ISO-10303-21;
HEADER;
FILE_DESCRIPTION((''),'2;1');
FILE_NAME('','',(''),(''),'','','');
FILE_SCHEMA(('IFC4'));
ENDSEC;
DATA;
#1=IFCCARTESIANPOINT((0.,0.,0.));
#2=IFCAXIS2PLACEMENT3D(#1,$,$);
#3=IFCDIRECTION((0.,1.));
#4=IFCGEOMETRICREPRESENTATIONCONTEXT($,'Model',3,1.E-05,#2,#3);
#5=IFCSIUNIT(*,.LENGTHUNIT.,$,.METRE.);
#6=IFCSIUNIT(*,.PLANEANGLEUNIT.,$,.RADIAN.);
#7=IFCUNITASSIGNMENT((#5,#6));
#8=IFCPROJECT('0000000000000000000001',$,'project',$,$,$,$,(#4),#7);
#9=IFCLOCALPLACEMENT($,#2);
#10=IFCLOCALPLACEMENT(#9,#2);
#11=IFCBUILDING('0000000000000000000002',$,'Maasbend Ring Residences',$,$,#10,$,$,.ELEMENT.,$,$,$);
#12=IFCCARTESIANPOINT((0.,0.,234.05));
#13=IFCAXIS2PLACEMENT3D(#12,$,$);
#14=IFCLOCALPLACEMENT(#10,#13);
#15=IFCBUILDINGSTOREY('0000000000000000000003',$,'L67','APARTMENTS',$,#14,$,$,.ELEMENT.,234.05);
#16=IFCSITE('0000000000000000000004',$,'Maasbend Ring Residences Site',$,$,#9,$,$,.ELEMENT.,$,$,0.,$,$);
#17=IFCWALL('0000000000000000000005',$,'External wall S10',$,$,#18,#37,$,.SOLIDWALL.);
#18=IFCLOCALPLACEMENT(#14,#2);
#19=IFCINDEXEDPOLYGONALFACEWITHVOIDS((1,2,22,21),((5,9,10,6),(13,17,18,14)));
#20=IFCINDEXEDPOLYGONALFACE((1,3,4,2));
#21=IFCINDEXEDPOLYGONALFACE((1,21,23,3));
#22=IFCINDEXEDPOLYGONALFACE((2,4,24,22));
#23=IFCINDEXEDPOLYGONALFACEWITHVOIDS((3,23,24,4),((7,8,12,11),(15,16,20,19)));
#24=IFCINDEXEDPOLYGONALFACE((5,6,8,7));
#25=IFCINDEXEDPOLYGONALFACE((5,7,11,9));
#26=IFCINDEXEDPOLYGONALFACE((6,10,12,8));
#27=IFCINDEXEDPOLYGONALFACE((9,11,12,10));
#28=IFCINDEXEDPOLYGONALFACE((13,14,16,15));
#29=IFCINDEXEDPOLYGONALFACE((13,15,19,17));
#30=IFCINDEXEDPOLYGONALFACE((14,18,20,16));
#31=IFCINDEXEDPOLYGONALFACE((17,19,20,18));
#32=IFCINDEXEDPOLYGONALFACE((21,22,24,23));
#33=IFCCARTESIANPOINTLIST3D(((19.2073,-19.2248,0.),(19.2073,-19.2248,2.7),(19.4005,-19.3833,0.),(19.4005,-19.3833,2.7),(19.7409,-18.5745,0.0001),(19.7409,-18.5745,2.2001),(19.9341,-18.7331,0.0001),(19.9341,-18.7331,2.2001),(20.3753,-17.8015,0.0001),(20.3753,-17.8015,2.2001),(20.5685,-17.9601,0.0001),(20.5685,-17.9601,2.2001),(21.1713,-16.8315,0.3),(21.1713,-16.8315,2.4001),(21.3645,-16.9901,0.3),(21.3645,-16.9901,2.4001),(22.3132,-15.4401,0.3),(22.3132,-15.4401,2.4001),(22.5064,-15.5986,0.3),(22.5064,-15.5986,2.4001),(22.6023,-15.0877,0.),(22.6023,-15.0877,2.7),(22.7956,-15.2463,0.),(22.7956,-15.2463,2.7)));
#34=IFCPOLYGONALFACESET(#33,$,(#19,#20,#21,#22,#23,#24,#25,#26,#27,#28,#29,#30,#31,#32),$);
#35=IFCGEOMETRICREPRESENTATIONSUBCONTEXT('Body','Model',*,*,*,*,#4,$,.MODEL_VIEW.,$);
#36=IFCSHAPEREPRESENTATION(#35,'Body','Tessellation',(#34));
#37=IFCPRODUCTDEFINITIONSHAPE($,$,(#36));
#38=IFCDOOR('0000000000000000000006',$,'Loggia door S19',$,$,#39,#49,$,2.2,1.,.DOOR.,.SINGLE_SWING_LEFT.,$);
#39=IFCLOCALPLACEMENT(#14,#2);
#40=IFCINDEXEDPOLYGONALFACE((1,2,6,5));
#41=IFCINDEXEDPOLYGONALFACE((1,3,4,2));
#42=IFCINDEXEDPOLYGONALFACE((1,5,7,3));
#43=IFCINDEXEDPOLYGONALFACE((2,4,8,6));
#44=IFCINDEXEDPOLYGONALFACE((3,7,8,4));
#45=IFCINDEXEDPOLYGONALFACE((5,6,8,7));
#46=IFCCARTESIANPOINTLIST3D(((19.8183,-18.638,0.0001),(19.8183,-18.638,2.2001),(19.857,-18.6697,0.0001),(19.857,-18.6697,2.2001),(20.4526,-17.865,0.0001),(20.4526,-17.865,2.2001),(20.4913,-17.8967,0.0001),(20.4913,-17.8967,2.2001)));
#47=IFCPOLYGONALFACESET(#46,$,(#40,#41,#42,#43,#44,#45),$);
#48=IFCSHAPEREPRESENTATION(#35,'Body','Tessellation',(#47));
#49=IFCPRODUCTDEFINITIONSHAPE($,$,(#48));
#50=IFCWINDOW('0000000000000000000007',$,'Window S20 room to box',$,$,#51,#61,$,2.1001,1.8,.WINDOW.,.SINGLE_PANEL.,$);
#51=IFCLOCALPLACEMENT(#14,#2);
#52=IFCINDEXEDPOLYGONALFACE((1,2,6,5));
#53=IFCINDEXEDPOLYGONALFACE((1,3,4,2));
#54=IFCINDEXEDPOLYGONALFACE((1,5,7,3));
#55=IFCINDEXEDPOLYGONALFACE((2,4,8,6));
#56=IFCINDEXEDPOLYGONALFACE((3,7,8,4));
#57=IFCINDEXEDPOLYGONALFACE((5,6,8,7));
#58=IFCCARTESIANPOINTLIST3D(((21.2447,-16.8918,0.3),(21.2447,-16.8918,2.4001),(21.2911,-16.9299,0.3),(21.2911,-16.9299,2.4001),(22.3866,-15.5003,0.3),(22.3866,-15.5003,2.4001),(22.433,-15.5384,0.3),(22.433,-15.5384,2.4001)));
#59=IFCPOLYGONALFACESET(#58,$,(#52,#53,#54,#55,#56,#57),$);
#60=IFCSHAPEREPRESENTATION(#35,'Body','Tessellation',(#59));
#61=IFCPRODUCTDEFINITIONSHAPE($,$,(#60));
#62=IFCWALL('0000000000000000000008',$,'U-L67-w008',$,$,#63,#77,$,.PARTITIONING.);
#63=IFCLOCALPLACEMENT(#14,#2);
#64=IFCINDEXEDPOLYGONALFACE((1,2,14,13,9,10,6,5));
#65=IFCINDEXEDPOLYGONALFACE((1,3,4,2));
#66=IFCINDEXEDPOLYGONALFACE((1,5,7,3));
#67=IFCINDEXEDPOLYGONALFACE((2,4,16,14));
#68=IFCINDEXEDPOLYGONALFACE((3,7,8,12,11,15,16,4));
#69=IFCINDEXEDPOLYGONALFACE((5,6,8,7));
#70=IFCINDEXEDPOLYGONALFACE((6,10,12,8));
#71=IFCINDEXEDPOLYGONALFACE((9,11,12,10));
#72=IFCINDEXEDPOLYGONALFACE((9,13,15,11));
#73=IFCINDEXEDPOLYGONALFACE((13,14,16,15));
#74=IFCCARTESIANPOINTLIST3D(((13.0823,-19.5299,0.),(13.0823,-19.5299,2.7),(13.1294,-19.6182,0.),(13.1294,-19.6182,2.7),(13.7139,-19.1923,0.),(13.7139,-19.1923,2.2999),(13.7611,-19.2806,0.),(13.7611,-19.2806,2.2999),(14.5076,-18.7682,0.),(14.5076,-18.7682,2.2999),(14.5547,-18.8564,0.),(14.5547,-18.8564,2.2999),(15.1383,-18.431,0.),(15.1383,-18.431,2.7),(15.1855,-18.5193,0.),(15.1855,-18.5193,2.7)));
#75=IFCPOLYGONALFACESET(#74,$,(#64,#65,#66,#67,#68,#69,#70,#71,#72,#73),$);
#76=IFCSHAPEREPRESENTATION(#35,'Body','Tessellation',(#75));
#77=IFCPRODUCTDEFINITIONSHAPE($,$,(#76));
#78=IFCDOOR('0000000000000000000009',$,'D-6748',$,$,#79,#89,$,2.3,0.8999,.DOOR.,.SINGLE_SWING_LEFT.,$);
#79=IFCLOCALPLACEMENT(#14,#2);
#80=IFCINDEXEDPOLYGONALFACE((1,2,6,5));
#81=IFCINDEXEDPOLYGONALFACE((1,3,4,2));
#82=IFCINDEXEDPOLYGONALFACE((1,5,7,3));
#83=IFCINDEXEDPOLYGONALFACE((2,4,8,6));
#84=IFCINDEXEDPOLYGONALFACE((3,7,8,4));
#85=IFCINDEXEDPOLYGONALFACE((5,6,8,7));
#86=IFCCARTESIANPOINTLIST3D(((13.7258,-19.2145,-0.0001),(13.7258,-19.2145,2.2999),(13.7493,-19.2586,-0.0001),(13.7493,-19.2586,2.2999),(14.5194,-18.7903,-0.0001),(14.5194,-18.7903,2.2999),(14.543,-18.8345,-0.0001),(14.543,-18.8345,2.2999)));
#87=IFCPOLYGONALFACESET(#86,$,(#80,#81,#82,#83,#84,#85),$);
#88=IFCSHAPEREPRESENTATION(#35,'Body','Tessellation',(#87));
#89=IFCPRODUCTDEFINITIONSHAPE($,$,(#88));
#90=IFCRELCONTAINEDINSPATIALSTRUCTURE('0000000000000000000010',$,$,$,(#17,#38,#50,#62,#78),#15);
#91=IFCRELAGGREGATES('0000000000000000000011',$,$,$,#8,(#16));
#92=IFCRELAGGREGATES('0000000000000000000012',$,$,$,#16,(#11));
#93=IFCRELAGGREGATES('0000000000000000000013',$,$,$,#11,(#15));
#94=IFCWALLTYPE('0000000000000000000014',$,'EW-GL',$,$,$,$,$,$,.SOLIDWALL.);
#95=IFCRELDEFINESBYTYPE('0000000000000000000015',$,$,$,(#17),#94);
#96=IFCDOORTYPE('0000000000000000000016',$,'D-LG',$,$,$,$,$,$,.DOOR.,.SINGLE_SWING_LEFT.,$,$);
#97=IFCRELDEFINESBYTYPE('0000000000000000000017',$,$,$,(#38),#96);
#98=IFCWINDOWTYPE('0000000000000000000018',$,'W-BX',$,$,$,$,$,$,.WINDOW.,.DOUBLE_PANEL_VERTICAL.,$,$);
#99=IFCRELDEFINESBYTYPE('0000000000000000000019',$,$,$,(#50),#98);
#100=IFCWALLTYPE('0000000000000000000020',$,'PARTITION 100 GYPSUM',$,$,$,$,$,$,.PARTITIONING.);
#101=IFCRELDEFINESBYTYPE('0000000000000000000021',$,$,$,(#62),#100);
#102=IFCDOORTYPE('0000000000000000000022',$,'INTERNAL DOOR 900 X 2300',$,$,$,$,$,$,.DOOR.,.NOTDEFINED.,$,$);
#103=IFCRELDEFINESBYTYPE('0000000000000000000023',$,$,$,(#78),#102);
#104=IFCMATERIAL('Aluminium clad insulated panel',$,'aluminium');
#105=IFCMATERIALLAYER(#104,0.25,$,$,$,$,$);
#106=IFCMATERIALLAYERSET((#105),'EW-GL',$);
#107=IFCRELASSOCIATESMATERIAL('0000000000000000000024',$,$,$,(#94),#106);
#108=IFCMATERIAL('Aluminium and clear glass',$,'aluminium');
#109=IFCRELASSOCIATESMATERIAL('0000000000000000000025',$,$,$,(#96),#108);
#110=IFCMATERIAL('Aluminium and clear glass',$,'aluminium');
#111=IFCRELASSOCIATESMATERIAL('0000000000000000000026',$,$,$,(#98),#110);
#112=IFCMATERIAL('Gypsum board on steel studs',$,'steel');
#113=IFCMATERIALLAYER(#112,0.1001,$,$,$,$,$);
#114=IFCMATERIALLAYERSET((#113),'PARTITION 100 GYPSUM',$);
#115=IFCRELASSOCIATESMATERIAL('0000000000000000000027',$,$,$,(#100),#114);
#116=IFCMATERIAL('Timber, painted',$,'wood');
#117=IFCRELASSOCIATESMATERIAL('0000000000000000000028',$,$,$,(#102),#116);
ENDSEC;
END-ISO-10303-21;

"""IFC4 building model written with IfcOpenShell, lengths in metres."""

from ifc_helpers import new_model, si_unit, direction, frame, frame_2d, origin, place, context, subcontext, project, spatial, rectangle, extrude, material, layer, layer_set, type_object, element, fill, save


model = new_model("IFC4")

# Units and contexts
model_context = context("Model", 3, precision=1e-05, world=origin(), true_north=direction((0.0, 1.0)))
body_context = subcontext(model_context, "Body", "Model", "MODEL_VIEW")
ifc_project = project(units=[si_unit("LENGTHUNIT", "METRE"), si_unit("PLANEANGLEUNIT", "RADIAN")], contexts=[model_context])

# Site, building, storey
site_placement = place(None, origin())
site = spatial("IfcSite", under=ifc_project, at=site_placement, Name="Maasbend Ring Residences Site", CompositionType="ELEMENT", RefElevation=0.0)
building_placement = place(site_placement, origin())
building = spatial("IfcBuilding", under=site, at=building_placement, Name="Maasbend Ring Residences", CompositionType="ELEMENT")
storey_placement = place(building_placement, frame((0.0, 0.0, 234.05)))
storey = spatial("IfcBuildingStorey", under=building, at=storey_placement, Name="L67", Description="APARTMENTS", CompositionType="ELEMENT", Elevation=234.05)

# Wall, openings, door, window
ifc_material_1 = material(Name="Aluminium clad insulated panel", Category="aluminium")
ifc_layer_1 = layer(ifc_material_1, 0.25)
ifc_layer_set_1 = layer_set([ifc_layer_1], Name="EW-GL")
wall_type_1 = type_object("IfcWallType", Name="EW-GL", PredefinedType="SOLIDWALL", material=ifc_layer_set_1)
ifc_material_2 = material(Name="Aluminium and clear glass", Category="aluminium")
door_type_1 = type_object("IfcDoorType", Name="D-LG", OperationType="SINGLE_SWING_LEFT", PredefinedType="DOOR", material=ifc_material_2)
ifc_material_3 = material(Name="Aluminium and clear glass", Category="aluminium")
window_type_1 = type_object("IfcWindowType", Name="W-BX", PartitioningType="DOUBLE_PANEL_VERTICAL", PredefinedType="WINDOW", material=ifc_material_3)
wall_1_placement = place(storey_placement, frame((19.304, -19.304, 0.0), z_axis=(0.0, 0.0, 1.0), x_axis=(0.634382, 0.773019, 0.0)))
wall_1 = element("IfcWall", 1, at=wall_1_placement, inside=storey, type_object=wall_type_1, Name="External wall S10", PredefinedType="SOLIDWALL", context=body_context, shape_type="SweptSolid", body=[
    extrude(rectangle(XDim=5.3518, YDim=0.25, at=frame_2d((2.6758, 0.0))), origin(), (0.0, 0.0, 1.0), 2.7),
])
opening_1_placement = place(wall_1_placement, frame((0.8411, 0.0, 0.0)))
opening_1 = element("IfcOpeningElement", 2, at=opening_1_placement, cuts=wall_1, PredefinedType="OPENING", context=body_context, shape_type="SweptSolid", body=[
    extrude(rectangle(XDim=1.0, YDim=2.2, at=frame_2d((0.5, 1.1001))), frame((0.0, 0.135, 0.0), z_axis=(0.0, -1.0, 0.0), x_axis=(1.0, 0.0, 0.0)), (0.0, 0.0, 1.0), 0.27),
])
opening_2_placement = place(wall_1_placement, frame((3.0959, 0.0, 0.3)))
opening_2 = element("IfcOpeningElement", 3, at=opening_2_placement, cuts=wall_1, PredefinedType="OPENING", context=body_context, shape_type="SweptSolid", body=[
    extrude(rectangle(XDim=1.8, YDim=2.1001, at=frame_2d((0.8999, 1.05))), frame((0.0, 0.135, 0.0), z_axis=(0.0, -1.0, 0.0), x_axis=(1.0, 0.0, 0.0)), (0.0, 0.0, 1.0), 0.27),
])
door_1_placement = place(opening_1_placement, origin())
door_1 = element("IfcDoor", 4, at=door_1_placement, inside=storey, type_object=door_type_1, Name="Loggia door S19", OperationType="SINGLE_SWING_LEFT", OverallHeight=2.2, OverallWidth=1.0, PredefinedType="DOOR", context=body_context, shape_type="SweptSolid", body=[
    extrude(rectangle(XDim=1.0, YDim=2.2, at=frame_2d((0.5, 1.1001))), frame((0.0, 0.0249, 0.0), z_axis=(0.0, -1.0, 0.0), x_axis=(1.0, 0.0, 0.0)), (0.0, 0.0, 1.0), 0.05),
])
fill(opening_1, door_1)
window_1_placement = place(opening_2_placement, origin())
window_1 = element("IfcWindow", 5, at=window_1_placement, inside=storey, type_object=window_type_1, Name="Window S20 room to box", OverallHeight=2.1001, OverallWidth=1.8, PartitioningType="SINGLE_PANEL", PredefinedType="WINDOW", context=body_context, shape_type="SweptSolid", body=[
    extrude(rectangle(XDim=1.8, YDim=2.1001, at=frame_2d((0.8999, 1.05))), frame((0.0, 0.03, 0.0), z_axis=(0.0, -1.0, 0.0), x_axis=(1.0, 0.0, 0.0)), (0.0, 0.0, 1.0), 0.0601),
])
fill(opening_2, window_1)

# Wall, opening, door
ifc_material_4 = material(Name="Gypsum board on steel studs", Category="steel")
ifc_layer_2 = layer(ifc_material_4, 0.1001)
ifc_layer_set_2 = layer_set([ifc_layer_2], Name="PARTITION 100 GYPSUM")
wall_type_2 = type_object("IfcWallType", Name="PARTITION 100 GYPSUM", PredefinedType="PARTITIONING", material=ifc_layer_set_2)
wall_2_placement = place(storey_placement, frame((13.106, -19.574, 0.0), z_axis=(0.0, 0.0, 1.0), x_axis=(0.88195, 0.471344, 0.0)))
wall_2 = element("IfcWall", 6, at=wall_2_placement, inside=storey, type_object=wall_type_2, Name="U-L67-w008", PredefinedType="PARTITIONING", context=body_context, shape_type="SweptSolid", body=[
    extrude(rectangle(XDim=2.3313, YDim=0.1001, at=frame_2d((1.1655, 0.0))), origin(), (0.0, 0.0, 1.0), 2.7),
])
opening_3_placement = place(wall_2_placement, frame((0.7161, 0.0, 0.0)))
opening_3 = element("IfcOpeningElement", 7, at=opening_3_placement, cuts=wall_2, PredefinedType="OPENING", context=body_context, shape_type="SweptSolid", body=[
    extrude(rectangle(XDim=0.8999, YDim=2.3, at=frame_2d((0.45, 1.1499))), frame((0.0, 0.0601, 0.0), z_axis=(0.0, -1.0, 0.0), x_axis=(1.0, 0.0, 0.0)), (0.0, 0.0, 1.0), 0.1201),
])
ifc_material_5 = material(Name="Timber, painted", Category="wood")
door_type_2 = type_object("IfcDoorType", Name="INTERNAL DOOR 900 X 2300", OperationType="NOTDEFINED", PredefinedType="DOOR", material=ifc_material_5)
door_2_placement = place(opening_3_placement, origin())
door_2 = element("IfcDoor", 8, at=door_2_placement, inside=storey, type_object=door_type_2, Name="D-6748", OperationType="SINGLE_SWING_LEFT", OverallHeight=2.3, OverallWidth=0.8999, PredefinedType="DOOR", context=body_context, shape_type="SweptSolid", body=[
    extrude(rectangle(XDim=0.8999, YDim=2.3, at=frame_2d((0.45, 1.1499))), frame((0.0, 0.0249, 0.0), z_axis=(0.0, -1.0, 0.0), x_axis=(1.0, 0.0, 0.0)), (0.0, 0.0, 1.0), 0.05),
])
fill(opening_3, door_2)

save(model, "model.ifc")
